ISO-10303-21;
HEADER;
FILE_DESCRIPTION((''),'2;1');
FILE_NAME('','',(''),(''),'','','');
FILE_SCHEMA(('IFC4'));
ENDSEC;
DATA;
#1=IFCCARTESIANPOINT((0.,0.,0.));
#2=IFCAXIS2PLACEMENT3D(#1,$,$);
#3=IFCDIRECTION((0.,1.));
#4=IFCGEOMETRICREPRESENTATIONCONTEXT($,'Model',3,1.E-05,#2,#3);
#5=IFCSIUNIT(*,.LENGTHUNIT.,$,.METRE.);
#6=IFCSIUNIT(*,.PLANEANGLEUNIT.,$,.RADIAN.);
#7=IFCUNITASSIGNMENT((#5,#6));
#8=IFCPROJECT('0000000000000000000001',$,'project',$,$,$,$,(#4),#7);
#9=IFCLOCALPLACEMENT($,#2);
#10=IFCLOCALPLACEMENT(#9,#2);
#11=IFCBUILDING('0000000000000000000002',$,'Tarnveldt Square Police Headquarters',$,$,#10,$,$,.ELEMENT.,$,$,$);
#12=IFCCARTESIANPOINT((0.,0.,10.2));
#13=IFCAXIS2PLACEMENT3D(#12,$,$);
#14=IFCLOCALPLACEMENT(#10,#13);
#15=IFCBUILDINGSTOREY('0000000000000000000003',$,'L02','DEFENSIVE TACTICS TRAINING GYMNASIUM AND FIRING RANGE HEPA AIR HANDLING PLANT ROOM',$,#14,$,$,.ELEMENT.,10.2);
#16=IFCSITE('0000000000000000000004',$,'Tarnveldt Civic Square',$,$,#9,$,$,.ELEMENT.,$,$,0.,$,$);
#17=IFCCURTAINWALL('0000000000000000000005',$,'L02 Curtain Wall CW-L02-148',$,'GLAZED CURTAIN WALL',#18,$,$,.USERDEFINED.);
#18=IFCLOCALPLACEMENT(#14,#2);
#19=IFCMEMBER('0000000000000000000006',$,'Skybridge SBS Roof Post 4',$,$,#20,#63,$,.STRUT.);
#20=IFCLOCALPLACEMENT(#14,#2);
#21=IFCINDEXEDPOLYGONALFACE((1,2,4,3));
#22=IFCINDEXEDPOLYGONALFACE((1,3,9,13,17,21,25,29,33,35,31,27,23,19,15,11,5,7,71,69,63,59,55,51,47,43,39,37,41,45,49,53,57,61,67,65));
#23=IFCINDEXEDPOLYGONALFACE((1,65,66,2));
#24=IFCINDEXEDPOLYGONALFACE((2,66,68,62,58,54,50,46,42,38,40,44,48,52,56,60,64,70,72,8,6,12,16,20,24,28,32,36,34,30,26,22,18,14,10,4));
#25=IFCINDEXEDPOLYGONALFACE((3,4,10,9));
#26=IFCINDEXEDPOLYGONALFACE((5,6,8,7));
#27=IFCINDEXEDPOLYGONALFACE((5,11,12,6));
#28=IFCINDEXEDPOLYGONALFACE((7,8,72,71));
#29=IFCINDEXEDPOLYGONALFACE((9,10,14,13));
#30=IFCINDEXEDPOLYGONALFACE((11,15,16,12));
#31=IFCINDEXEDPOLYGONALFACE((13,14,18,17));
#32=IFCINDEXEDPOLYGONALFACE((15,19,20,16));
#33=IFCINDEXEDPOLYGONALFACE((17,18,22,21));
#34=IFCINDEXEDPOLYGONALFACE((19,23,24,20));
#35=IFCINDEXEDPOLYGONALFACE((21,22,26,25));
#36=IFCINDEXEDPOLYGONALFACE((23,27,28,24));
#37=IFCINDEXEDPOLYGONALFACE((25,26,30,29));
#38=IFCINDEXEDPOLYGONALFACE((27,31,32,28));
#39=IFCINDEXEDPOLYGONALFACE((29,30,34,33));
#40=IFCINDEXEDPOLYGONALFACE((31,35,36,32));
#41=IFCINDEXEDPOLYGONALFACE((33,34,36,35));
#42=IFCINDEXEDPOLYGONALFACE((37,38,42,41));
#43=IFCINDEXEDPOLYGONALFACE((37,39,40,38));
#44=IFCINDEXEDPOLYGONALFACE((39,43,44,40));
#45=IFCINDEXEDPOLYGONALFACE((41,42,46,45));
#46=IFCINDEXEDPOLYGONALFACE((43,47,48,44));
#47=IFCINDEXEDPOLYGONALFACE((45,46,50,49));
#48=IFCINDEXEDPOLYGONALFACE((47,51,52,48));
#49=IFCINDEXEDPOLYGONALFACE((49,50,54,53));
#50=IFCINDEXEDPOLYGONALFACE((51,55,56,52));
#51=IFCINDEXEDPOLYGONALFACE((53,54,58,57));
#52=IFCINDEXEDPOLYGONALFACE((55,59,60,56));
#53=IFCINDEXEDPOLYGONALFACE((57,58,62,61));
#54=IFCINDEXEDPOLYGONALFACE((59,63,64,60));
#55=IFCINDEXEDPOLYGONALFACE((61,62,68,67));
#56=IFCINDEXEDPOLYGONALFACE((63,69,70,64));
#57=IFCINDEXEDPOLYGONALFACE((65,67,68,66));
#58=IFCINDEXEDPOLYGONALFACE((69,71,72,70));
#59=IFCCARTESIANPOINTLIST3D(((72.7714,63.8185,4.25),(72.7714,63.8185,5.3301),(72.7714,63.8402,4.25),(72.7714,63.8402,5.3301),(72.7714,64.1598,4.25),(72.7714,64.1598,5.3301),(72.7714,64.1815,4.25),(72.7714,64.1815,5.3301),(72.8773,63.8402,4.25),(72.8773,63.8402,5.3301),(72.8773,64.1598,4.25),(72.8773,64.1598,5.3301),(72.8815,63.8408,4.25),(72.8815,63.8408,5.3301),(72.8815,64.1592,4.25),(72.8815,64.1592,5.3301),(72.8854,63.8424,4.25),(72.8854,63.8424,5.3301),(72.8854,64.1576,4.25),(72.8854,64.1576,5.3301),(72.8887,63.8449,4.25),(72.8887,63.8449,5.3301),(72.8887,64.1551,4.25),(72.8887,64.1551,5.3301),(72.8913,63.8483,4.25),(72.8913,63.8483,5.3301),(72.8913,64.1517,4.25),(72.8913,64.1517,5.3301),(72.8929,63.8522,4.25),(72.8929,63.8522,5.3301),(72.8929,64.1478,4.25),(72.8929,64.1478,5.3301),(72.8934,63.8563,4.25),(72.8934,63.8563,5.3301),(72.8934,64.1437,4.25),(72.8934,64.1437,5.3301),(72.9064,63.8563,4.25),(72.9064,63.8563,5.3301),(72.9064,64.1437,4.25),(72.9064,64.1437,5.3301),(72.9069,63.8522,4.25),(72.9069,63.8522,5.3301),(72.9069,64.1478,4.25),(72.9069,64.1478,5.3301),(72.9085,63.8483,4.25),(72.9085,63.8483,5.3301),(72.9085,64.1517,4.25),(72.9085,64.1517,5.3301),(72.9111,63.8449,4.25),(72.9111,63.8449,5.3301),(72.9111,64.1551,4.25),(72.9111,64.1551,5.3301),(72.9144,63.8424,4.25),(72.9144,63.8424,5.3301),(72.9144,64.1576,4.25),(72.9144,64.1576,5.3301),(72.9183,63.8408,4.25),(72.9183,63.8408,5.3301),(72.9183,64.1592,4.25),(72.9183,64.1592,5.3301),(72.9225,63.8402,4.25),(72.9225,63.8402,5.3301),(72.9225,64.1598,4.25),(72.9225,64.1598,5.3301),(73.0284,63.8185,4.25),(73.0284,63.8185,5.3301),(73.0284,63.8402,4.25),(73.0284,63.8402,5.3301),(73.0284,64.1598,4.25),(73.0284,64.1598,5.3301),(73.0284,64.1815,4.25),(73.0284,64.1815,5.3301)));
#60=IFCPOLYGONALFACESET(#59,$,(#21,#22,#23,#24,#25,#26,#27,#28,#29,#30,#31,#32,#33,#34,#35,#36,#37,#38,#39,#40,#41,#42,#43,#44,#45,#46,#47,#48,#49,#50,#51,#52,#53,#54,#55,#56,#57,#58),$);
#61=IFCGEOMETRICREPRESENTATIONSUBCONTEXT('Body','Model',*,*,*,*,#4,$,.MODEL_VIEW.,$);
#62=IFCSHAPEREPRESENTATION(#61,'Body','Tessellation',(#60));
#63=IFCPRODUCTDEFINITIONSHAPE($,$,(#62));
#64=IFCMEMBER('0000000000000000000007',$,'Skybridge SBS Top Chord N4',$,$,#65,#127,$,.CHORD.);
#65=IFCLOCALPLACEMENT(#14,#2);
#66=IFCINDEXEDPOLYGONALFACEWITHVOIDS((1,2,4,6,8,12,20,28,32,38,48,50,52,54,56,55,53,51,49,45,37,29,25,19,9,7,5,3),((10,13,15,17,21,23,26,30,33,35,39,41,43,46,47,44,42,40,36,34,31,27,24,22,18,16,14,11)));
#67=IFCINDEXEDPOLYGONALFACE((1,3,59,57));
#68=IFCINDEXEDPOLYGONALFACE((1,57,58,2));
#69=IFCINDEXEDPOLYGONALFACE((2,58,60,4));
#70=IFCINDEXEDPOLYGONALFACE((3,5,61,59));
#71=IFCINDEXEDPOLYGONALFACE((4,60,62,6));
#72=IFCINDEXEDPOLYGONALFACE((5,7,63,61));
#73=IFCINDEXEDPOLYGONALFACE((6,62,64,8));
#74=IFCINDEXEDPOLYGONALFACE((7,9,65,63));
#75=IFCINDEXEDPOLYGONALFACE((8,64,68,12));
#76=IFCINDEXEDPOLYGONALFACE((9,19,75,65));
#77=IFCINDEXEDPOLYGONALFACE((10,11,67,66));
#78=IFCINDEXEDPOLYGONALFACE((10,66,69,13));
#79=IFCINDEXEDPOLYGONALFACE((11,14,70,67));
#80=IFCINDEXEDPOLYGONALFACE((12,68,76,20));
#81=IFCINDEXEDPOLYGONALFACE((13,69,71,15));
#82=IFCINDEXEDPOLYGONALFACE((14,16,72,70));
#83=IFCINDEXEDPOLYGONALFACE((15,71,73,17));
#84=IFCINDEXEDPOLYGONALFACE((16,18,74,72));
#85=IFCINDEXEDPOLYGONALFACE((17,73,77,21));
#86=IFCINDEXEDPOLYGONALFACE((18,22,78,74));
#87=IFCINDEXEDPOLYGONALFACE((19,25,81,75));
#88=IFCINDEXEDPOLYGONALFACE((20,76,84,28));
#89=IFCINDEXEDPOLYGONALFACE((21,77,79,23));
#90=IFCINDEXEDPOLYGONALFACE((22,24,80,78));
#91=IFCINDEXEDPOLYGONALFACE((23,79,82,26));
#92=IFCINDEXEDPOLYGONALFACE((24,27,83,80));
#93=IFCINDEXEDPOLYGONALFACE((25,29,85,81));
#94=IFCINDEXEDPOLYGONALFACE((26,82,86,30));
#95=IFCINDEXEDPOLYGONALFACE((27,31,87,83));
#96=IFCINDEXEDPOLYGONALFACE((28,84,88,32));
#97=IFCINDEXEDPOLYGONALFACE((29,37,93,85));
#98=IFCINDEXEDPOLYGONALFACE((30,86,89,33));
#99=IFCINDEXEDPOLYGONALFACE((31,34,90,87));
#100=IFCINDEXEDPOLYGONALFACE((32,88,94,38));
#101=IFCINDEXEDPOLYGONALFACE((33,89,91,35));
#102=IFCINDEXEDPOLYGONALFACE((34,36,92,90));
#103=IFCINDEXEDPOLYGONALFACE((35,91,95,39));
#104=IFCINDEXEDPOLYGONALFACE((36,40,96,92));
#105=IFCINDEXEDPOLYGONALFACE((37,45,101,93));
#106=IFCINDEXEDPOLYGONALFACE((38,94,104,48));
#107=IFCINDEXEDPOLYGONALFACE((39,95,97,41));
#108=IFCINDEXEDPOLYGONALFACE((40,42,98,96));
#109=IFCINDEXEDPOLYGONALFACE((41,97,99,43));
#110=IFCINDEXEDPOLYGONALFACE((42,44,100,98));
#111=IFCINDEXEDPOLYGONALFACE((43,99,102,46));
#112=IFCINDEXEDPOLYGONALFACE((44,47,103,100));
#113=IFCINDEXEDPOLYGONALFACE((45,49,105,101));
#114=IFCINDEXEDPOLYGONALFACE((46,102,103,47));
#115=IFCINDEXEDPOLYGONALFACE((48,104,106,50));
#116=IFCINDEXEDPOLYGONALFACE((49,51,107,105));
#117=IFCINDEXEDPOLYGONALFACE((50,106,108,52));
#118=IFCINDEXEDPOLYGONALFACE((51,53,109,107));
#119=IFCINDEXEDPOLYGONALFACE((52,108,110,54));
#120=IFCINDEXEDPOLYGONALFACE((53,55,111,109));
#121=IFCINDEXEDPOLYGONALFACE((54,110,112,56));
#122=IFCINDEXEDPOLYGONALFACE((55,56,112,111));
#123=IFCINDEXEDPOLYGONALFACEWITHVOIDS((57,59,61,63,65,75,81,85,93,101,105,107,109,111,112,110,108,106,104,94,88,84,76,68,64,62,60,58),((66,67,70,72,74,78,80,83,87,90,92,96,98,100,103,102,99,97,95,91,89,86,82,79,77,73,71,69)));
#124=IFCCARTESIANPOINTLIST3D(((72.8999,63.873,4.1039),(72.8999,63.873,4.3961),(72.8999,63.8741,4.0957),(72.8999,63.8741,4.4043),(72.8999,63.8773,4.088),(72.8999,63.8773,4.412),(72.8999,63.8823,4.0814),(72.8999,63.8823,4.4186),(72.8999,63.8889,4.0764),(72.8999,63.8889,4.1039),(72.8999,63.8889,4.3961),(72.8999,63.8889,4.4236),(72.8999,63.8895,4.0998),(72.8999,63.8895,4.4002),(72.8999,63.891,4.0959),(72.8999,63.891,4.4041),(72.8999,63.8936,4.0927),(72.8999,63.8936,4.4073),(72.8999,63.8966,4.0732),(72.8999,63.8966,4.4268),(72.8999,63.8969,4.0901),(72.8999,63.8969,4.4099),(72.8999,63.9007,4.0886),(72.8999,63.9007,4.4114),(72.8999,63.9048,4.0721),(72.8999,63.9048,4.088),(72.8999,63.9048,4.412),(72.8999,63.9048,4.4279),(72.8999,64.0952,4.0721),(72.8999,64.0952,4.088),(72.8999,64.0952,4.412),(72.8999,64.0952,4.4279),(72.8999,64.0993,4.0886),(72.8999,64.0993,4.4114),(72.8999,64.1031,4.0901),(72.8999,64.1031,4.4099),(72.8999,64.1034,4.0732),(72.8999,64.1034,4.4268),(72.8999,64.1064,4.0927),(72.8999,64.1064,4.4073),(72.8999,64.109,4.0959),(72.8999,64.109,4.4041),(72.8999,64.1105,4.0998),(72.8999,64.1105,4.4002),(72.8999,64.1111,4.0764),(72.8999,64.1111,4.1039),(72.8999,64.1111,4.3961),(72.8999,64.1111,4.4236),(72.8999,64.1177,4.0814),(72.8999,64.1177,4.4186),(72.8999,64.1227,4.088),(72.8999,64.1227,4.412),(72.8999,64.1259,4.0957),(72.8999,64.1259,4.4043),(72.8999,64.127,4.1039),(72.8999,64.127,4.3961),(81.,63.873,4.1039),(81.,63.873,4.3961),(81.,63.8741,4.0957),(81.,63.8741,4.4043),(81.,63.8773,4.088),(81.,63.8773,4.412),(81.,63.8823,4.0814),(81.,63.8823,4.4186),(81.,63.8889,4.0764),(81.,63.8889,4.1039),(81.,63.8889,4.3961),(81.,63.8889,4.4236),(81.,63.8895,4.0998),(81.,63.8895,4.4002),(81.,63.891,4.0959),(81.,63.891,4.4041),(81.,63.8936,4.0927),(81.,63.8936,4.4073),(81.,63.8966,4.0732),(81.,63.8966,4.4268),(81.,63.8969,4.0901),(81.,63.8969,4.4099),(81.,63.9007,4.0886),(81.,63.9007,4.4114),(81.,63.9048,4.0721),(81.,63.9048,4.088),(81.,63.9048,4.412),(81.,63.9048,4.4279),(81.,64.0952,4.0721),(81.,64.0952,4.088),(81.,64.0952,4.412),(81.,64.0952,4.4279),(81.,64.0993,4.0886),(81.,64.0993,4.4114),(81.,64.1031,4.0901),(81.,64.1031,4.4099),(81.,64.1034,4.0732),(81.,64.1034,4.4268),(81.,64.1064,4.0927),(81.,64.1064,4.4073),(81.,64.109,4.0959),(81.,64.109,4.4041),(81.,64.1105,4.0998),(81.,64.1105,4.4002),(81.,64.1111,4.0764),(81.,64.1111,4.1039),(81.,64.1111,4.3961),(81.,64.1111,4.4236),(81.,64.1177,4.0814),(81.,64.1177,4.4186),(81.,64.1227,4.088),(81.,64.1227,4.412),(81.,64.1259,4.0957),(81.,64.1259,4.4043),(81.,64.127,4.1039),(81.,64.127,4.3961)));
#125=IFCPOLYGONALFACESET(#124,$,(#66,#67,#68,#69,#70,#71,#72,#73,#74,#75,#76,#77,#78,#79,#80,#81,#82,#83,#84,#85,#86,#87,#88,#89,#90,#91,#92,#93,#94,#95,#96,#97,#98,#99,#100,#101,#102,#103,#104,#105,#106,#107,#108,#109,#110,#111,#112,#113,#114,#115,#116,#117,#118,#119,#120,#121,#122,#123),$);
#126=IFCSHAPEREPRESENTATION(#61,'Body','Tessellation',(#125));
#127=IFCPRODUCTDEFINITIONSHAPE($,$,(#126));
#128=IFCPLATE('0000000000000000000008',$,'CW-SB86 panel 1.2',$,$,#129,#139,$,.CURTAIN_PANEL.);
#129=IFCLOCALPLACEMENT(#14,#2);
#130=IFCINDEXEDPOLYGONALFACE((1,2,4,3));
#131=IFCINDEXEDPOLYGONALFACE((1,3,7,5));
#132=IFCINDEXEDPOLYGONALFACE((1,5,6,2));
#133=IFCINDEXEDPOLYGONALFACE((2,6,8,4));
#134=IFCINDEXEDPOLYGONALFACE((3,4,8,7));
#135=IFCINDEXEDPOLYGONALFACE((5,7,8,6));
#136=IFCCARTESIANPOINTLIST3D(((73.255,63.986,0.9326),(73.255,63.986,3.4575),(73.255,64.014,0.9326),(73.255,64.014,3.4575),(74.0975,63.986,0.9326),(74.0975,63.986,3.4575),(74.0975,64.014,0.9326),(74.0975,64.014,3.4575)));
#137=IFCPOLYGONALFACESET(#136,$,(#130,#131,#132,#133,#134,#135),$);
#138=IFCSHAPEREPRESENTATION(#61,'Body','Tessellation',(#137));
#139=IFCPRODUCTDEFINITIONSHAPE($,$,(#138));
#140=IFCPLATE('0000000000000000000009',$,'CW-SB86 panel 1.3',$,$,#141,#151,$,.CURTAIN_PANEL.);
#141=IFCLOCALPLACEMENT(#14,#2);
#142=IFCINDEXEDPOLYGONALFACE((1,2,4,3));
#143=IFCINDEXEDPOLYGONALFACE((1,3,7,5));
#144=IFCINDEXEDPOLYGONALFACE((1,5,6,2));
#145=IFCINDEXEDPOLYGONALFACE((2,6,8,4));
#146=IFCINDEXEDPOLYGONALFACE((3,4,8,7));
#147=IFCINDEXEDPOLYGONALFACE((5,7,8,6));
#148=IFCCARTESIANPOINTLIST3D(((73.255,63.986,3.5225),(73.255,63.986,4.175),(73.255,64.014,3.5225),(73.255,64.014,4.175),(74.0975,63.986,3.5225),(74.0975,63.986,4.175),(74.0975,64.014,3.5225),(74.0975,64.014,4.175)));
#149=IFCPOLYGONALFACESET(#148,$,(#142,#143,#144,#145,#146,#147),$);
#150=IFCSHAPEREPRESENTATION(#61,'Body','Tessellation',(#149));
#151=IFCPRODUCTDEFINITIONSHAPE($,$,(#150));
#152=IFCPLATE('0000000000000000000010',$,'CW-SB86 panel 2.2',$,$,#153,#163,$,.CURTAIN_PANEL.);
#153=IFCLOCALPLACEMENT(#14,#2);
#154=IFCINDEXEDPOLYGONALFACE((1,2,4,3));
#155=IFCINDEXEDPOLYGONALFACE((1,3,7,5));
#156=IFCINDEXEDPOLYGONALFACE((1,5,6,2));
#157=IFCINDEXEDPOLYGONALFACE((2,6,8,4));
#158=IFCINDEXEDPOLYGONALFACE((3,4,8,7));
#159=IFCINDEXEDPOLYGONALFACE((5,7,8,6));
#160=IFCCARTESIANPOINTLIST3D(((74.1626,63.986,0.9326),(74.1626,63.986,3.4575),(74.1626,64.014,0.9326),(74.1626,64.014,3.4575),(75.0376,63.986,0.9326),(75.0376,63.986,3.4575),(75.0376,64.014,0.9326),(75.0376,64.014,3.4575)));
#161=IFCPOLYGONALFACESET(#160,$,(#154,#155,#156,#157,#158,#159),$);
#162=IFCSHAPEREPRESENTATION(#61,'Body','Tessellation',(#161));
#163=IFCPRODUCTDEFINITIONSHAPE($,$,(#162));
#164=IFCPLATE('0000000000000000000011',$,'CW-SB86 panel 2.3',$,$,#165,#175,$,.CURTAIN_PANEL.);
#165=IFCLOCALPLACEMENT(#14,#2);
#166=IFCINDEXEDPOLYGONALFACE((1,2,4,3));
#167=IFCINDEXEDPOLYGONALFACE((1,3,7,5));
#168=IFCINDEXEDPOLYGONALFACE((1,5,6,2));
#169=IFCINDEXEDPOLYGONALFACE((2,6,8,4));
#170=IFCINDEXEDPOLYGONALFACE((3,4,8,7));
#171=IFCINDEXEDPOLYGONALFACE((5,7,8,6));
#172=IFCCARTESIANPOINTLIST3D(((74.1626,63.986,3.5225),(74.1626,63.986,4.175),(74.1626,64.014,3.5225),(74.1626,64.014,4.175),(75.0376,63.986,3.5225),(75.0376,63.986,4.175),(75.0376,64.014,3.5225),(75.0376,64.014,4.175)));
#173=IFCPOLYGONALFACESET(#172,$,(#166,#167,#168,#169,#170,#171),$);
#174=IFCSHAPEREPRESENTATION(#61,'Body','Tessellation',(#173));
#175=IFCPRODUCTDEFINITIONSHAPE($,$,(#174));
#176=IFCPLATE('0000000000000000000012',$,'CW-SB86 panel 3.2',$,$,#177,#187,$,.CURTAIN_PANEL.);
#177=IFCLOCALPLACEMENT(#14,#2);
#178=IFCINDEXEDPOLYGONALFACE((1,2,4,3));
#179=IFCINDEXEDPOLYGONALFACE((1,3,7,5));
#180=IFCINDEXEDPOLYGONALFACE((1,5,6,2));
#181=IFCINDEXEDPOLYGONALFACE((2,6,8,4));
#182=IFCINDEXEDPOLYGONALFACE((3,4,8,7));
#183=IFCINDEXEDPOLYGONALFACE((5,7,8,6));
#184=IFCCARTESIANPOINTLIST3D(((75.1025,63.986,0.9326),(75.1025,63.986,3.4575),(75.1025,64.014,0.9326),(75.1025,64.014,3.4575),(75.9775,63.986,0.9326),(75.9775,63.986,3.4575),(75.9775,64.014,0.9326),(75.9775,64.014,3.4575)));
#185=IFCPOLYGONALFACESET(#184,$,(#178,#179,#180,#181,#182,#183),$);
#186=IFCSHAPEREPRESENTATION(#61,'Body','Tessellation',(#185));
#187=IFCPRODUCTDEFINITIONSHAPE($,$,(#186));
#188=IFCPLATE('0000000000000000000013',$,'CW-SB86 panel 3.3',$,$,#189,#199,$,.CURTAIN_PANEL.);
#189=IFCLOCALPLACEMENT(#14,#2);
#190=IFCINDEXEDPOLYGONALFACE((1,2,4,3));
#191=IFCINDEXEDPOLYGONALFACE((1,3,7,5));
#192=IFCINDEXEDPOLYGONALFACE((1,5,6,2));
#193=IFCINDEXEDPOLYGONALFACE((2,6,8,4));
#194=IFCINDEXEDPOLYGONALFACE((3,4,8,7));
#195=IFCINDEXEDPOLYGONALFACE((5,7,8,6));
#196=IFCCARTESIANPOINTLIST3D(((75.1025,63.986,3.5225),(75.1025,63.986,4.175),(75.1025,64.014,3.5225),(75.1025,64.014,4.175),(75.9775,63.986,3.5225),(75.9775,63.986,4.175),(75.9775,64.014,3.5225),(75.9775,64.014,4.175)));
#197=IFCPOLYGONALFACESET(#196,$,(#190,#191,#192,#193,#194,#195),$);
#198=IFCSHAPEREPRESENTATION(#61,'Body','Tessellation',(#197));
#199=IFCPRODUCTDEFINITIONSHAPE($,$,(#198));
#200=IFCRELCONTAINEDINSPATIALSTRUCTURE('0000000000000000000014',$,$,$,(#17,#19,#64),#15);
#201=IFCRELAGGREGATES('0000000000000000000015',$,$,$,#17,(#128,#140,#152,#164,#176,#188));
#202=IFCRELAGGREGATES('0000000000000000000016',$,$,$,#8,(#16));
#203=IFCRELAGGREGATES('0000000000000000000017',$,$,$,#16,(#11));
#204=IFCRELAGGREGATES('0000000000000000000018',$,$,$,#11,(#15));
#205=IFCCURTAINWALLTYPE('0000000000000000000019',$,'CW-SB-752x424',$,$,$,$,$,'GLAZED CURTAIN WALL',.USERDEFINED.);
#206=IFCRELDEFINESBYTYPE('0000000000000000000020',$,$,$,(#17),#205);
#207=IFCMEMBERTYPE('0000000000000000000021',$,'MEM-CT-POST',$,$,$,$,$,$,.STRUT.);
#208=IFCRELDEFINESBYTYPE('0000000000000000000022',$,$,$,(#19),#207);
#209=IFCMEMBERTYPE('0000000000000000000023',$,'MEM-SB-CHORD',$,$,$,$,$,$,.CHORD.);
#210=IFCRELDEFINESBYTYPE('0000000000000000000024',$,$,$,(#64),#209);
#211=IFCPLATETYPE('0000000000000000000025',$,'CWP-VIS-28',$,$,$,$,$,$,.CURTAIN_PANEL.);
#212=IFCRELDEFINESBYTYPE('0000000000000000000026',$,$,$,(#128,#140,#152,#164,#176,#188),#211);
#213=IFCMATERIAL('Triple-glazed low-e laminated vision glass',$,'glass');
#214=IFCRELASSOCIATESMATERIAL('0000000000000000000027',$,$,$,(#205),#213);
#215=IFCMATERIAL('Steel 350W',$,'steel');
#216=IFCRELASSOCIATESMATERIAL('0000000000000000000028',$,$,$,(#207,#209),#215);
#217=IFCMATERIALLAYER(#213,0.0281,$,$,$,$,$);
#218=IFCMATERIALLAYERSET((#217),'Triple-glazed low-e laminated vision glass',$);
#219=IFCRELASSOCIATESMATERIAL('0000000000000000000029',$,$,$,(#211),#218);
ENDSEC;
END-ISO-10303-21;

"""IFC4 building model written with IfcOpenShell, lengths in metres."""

from ifc_helpers import new_model, si_unit, direction, frame, origin, origin_2d, place, context, subcontext, project, spatial, rectangle, hollow_rectangle, i_section, extrude, material, layer, layer_set, material_profile, profile_set, type_object, element, aggregate, save


model = new_model("IFC4")

# Units and contexts
model_context = context("Model", 3, precision=1e-05, world=origin(), true_north=direction((0.0, 1.0)))
body_context = subcontext(model_context, "Body", "Model", "MODEL_VIEW")
ifc_project = project(units=[si_unit("LENGTHUNIT", "METRE"), si_unit("PLANEANGLEUNIT", "RADIAN")], contexts=[model_context])

# Site, building, storey
site_placement = place(None, origin())
site = spatial("IfcSite", under=ifc_project, at=site_placement, Name="Tarnveldt Civic Square", CompositionType="ELEMENT", RefElevation=0.0)
building_placement = place(site_placement, origin())
building = spatial("IfcBuilding", under=site, at=building_placement, Name="Tarnveldt Square Police Headquarters", CompositionType="ELEMENT")
storey_placement = place(building_placement, frame((0.0, 0.0, 10.2)))
storey = spatial("IfcBuildingStorey", under=building, at=storey_placement, Name="L02", Description="DEFENSIVE TACTICS TRAINING GYMNASIUM AND FIRING RANGE HEPA AIR HANDLING PLANT ROOM", CompositionType="ELEMENT", Elevation=10.2)

# Shared definitions
ifc_material_1 = material(Name="Steel 350W", Category="steel")

# Curtain wall
ifc_material_2 = material(Name="Triple-glazed low-e laminated vision glass", Category="glass")
curtain_wall_type = type_object("IfcCurtainWallType", Name="CW-SB-752x424", ElementType="GLAZED CURTAIN WALL", PredefinedType="USERDEFINED", material=ifc_material_2)
curtain_wall_placement = place(storey_placement, origin())
curtain_wall = element("IfcCurtainWall", 1, at=curtain_wall_placement, inside=storey, type_object=curtain_wall_type, Name="L02 Curtain Wall CW-L02-148", ObjectType="GLAZED CURTAIN WALL", PredefinedType="USERDEFINED")

# Members
ifc_material_profile_1 = material_profile(ifc_material_1, i_section(OverallWidth=0.2571, OverallDepth=0.363, WebThickness=0.0129, FlangeThickness=0.0217, FilletRadius=0.0161, at=origin_2d()), Name="W360x122")
ifc_profile_set_1 = profile_set([ifc_material_profile_1], Name="Steel 350W")
member_type_1 = type_object("IfcMemberType", Name="MEM-CT-POST", PredefinedType="STRUT", material=ifc_profile_set_1)
member_1_placement = place(storey_placement, frame((72.8999, 64.0, 4.25), z_axis=(0.0, 0.0, 1.0), x_axis=(1.0, 0.0, 0.0)))
element("IfcMember", 2, at=member_1_placement, inside=storey, type_object=member_type_1, Name="Skybridge SBS Roof Post 4", PredefinedType="STRUT", context=body_context, shape_type="SweptSolid", body=[
    extrude(i_section(OverallWidth=0.2571, OverallDepth=0.363, WebThickness=0.0129, FlangeThickness=0.0217, FilletRadius=0.0161, at=origin_2d()), origin(), (0.0, 0.0, 1.0), 1.0801),
])
ifc_material_profile_2 = material_profile(ifc_material_1, hollow_rectangle(XDim=0.2539, YDim=0.3557, WallThickness=0.0159, InnerFilletRadius=0.0159, OuterFilletRadius=0.0317, at=origin_2d()), Name="HSS356x254x16")
ifc_profile_set_2 = profile_set([ifc_material_profile_2], Name="Steel 350W")
member_type_2 = type_object("IfcMemberType", Name="MEM-SB-CHORD", PredefinedType="CHORD", material=ifc_profile_set_2)
member_2_placement = place(storey_placement, frame((72.8999, 64.0, 4.25), z_axis=(1.0, 0.0, 0.0), x_axis=(0.0, 1.0, 0.0)))
element("IfcMember", 3, at=member_2_placement, inside=storey, type_object=member_type_2, Name="Skybridge SBS Top Chord N4", PredefinedType="CHORD", context=body_context, shape_type="SweptSolid", body=[
    extrude(hollow_rectangle(XDim=0.2539, YDim=0.3557, WallThickness=0.0159, InnerFilletRadius=0.0159, OuterFilletRadius=0.0317, at=origin_2d()), origin(), (0.0, 0.0, 1.0), 8.1001),
])

# Plates
ifc_layer = layer(ifc_material_2, 0.0281)
ifc_layer_set = layer_set([ifc_layer], Name="Triple-glazed low-e laminated vision glass")
plate_type = type_object("IfcPlateType", Name="CWP-VIS-28", PredefinedType="CURTAIN_PANEL", material=ifc_layer_set)
plate_1_placement = place(storey_placement, frame((73.6763, 64.0, 0.9326), z_axis=(0.0, 0.0, 1.0), x_axis=(1.0, 0.0, 0.0)))
plate_1 = element("IfcPlate", 4, at=plate_1_placement, type_object=plate_type, Name="CW-SB86 panel 1.2", PredefinedType="CURTAIN_PANEL", context=body_context, shape_type="SweptSolid", body=[
    extrude(rectangle(XDim=0.8425, YDim=0.0281, at=origin_2d()), origin(), (0.0, 0.0, 1.0), 2.5249),
])
plate_2_placement = place(storey_placement, frame((73.6763, 64.0, 3.5225), z_axis=(0.0, 0.0, 1.0), x_axis=(1.0, 0.0, 0.0)))
plate_2 = element("IfcPlate", 5, at=plate_2_placement, type_object=plate_type, Name="CW-SB86 panel 1.3", PredefinedType="CURTAIN_PANEL", context=body_context, shape_type="SweptSolid", body=[
    extrude(rectangle(XDim=0.8425, YDim=0.0281, at=origin_2d()), origin(), (0.0, 0.0, 1.0), 0.6526),
])
plate_3_placement = place(storey_placement, frame((74.6001, 64.0, 0.9326), z_axis=(0.0, 0.0, 1.0), x_axis=(1.0, 0.0, 0.0)))
plate_3 = element("IfcPlate", 6, at=plate_3_placement, type_object=plate_type, Name="CW-SB86 panel 2.2", PredefinedType="CURTAIN_PANEL", context=body_context, shape_type="SweptSolid", body=[
    extrude(rectangle(XDim=0.875, YDim=0.0281, at=origin_2d()), origin(), (0.0, 0.0, 1.0), 2.5249),
])
plate_4_placement = place(storey_placement, frame((74.6001, 64.0, 3.5225), z_axis=(0.0, 0.0, 1.0), x_axis=(1.0, 0.0, 0.0)))
plate_4 = element("IfcPlate", 7, at=plate_4_placement, type_object=plate_type, Name="CW-SB86 panel 2.3", PredefinedType="CURTAIN_PANEL", context=body_context, shape_type="SweptSolid", body=[
    extrude(rectangle(XDim=0.875, YDim=0.0281, at=origin_2d()), origin(), (0.0, 0.0, 1.0), 0.6526),
])
plate_5_placement = place(storey_placement, frame((75.54, 64.0, 0.9326), z_axis=(0.0, 0.0, 1.0), x_axis=(1.0, 0.0, 0.0)))
plate_5 = element("IfcPlate", 8, at=plate_5_placement, type_object=plate_type, Name="CW-SB86 panel 3.2", PredefinedType="CURTAIN_PANEL", context=body_context, shape_type="SweptSolid", body=[
    extrude(rectangle(XDim=0.875, YDim=0.0281, at=origin_2d()), origin(), (0.0, 0.0, 1.0), 2.5249),
])
plate_6_placement = place(storey_placement, frame((75.54, 64.0, 3.5225), z_axis=(0.0, 0.0, 1.0), x_axis=(1.0, 0.0, 0.0)))
plate_6 = element("IfcPlate", 9, at=plate_6_placement, type_object=plate_type, Name="CW-SB86 panel 3.3", PredefinedType="CURTAIN_PANEL", context=body_context, shape_type="SweptSolid", body=[
    extrude(rectangle(XDim=0.875, YDim=0.0281, at=origin_2d()), origin(), (0.0, 0.0, 1.0), 0.6526),
])
aggregate(curtain_wall, [plate_1, plate_2, plate_3, plate_4, plate_5, plate_6])

save(model, "model.ifc")
